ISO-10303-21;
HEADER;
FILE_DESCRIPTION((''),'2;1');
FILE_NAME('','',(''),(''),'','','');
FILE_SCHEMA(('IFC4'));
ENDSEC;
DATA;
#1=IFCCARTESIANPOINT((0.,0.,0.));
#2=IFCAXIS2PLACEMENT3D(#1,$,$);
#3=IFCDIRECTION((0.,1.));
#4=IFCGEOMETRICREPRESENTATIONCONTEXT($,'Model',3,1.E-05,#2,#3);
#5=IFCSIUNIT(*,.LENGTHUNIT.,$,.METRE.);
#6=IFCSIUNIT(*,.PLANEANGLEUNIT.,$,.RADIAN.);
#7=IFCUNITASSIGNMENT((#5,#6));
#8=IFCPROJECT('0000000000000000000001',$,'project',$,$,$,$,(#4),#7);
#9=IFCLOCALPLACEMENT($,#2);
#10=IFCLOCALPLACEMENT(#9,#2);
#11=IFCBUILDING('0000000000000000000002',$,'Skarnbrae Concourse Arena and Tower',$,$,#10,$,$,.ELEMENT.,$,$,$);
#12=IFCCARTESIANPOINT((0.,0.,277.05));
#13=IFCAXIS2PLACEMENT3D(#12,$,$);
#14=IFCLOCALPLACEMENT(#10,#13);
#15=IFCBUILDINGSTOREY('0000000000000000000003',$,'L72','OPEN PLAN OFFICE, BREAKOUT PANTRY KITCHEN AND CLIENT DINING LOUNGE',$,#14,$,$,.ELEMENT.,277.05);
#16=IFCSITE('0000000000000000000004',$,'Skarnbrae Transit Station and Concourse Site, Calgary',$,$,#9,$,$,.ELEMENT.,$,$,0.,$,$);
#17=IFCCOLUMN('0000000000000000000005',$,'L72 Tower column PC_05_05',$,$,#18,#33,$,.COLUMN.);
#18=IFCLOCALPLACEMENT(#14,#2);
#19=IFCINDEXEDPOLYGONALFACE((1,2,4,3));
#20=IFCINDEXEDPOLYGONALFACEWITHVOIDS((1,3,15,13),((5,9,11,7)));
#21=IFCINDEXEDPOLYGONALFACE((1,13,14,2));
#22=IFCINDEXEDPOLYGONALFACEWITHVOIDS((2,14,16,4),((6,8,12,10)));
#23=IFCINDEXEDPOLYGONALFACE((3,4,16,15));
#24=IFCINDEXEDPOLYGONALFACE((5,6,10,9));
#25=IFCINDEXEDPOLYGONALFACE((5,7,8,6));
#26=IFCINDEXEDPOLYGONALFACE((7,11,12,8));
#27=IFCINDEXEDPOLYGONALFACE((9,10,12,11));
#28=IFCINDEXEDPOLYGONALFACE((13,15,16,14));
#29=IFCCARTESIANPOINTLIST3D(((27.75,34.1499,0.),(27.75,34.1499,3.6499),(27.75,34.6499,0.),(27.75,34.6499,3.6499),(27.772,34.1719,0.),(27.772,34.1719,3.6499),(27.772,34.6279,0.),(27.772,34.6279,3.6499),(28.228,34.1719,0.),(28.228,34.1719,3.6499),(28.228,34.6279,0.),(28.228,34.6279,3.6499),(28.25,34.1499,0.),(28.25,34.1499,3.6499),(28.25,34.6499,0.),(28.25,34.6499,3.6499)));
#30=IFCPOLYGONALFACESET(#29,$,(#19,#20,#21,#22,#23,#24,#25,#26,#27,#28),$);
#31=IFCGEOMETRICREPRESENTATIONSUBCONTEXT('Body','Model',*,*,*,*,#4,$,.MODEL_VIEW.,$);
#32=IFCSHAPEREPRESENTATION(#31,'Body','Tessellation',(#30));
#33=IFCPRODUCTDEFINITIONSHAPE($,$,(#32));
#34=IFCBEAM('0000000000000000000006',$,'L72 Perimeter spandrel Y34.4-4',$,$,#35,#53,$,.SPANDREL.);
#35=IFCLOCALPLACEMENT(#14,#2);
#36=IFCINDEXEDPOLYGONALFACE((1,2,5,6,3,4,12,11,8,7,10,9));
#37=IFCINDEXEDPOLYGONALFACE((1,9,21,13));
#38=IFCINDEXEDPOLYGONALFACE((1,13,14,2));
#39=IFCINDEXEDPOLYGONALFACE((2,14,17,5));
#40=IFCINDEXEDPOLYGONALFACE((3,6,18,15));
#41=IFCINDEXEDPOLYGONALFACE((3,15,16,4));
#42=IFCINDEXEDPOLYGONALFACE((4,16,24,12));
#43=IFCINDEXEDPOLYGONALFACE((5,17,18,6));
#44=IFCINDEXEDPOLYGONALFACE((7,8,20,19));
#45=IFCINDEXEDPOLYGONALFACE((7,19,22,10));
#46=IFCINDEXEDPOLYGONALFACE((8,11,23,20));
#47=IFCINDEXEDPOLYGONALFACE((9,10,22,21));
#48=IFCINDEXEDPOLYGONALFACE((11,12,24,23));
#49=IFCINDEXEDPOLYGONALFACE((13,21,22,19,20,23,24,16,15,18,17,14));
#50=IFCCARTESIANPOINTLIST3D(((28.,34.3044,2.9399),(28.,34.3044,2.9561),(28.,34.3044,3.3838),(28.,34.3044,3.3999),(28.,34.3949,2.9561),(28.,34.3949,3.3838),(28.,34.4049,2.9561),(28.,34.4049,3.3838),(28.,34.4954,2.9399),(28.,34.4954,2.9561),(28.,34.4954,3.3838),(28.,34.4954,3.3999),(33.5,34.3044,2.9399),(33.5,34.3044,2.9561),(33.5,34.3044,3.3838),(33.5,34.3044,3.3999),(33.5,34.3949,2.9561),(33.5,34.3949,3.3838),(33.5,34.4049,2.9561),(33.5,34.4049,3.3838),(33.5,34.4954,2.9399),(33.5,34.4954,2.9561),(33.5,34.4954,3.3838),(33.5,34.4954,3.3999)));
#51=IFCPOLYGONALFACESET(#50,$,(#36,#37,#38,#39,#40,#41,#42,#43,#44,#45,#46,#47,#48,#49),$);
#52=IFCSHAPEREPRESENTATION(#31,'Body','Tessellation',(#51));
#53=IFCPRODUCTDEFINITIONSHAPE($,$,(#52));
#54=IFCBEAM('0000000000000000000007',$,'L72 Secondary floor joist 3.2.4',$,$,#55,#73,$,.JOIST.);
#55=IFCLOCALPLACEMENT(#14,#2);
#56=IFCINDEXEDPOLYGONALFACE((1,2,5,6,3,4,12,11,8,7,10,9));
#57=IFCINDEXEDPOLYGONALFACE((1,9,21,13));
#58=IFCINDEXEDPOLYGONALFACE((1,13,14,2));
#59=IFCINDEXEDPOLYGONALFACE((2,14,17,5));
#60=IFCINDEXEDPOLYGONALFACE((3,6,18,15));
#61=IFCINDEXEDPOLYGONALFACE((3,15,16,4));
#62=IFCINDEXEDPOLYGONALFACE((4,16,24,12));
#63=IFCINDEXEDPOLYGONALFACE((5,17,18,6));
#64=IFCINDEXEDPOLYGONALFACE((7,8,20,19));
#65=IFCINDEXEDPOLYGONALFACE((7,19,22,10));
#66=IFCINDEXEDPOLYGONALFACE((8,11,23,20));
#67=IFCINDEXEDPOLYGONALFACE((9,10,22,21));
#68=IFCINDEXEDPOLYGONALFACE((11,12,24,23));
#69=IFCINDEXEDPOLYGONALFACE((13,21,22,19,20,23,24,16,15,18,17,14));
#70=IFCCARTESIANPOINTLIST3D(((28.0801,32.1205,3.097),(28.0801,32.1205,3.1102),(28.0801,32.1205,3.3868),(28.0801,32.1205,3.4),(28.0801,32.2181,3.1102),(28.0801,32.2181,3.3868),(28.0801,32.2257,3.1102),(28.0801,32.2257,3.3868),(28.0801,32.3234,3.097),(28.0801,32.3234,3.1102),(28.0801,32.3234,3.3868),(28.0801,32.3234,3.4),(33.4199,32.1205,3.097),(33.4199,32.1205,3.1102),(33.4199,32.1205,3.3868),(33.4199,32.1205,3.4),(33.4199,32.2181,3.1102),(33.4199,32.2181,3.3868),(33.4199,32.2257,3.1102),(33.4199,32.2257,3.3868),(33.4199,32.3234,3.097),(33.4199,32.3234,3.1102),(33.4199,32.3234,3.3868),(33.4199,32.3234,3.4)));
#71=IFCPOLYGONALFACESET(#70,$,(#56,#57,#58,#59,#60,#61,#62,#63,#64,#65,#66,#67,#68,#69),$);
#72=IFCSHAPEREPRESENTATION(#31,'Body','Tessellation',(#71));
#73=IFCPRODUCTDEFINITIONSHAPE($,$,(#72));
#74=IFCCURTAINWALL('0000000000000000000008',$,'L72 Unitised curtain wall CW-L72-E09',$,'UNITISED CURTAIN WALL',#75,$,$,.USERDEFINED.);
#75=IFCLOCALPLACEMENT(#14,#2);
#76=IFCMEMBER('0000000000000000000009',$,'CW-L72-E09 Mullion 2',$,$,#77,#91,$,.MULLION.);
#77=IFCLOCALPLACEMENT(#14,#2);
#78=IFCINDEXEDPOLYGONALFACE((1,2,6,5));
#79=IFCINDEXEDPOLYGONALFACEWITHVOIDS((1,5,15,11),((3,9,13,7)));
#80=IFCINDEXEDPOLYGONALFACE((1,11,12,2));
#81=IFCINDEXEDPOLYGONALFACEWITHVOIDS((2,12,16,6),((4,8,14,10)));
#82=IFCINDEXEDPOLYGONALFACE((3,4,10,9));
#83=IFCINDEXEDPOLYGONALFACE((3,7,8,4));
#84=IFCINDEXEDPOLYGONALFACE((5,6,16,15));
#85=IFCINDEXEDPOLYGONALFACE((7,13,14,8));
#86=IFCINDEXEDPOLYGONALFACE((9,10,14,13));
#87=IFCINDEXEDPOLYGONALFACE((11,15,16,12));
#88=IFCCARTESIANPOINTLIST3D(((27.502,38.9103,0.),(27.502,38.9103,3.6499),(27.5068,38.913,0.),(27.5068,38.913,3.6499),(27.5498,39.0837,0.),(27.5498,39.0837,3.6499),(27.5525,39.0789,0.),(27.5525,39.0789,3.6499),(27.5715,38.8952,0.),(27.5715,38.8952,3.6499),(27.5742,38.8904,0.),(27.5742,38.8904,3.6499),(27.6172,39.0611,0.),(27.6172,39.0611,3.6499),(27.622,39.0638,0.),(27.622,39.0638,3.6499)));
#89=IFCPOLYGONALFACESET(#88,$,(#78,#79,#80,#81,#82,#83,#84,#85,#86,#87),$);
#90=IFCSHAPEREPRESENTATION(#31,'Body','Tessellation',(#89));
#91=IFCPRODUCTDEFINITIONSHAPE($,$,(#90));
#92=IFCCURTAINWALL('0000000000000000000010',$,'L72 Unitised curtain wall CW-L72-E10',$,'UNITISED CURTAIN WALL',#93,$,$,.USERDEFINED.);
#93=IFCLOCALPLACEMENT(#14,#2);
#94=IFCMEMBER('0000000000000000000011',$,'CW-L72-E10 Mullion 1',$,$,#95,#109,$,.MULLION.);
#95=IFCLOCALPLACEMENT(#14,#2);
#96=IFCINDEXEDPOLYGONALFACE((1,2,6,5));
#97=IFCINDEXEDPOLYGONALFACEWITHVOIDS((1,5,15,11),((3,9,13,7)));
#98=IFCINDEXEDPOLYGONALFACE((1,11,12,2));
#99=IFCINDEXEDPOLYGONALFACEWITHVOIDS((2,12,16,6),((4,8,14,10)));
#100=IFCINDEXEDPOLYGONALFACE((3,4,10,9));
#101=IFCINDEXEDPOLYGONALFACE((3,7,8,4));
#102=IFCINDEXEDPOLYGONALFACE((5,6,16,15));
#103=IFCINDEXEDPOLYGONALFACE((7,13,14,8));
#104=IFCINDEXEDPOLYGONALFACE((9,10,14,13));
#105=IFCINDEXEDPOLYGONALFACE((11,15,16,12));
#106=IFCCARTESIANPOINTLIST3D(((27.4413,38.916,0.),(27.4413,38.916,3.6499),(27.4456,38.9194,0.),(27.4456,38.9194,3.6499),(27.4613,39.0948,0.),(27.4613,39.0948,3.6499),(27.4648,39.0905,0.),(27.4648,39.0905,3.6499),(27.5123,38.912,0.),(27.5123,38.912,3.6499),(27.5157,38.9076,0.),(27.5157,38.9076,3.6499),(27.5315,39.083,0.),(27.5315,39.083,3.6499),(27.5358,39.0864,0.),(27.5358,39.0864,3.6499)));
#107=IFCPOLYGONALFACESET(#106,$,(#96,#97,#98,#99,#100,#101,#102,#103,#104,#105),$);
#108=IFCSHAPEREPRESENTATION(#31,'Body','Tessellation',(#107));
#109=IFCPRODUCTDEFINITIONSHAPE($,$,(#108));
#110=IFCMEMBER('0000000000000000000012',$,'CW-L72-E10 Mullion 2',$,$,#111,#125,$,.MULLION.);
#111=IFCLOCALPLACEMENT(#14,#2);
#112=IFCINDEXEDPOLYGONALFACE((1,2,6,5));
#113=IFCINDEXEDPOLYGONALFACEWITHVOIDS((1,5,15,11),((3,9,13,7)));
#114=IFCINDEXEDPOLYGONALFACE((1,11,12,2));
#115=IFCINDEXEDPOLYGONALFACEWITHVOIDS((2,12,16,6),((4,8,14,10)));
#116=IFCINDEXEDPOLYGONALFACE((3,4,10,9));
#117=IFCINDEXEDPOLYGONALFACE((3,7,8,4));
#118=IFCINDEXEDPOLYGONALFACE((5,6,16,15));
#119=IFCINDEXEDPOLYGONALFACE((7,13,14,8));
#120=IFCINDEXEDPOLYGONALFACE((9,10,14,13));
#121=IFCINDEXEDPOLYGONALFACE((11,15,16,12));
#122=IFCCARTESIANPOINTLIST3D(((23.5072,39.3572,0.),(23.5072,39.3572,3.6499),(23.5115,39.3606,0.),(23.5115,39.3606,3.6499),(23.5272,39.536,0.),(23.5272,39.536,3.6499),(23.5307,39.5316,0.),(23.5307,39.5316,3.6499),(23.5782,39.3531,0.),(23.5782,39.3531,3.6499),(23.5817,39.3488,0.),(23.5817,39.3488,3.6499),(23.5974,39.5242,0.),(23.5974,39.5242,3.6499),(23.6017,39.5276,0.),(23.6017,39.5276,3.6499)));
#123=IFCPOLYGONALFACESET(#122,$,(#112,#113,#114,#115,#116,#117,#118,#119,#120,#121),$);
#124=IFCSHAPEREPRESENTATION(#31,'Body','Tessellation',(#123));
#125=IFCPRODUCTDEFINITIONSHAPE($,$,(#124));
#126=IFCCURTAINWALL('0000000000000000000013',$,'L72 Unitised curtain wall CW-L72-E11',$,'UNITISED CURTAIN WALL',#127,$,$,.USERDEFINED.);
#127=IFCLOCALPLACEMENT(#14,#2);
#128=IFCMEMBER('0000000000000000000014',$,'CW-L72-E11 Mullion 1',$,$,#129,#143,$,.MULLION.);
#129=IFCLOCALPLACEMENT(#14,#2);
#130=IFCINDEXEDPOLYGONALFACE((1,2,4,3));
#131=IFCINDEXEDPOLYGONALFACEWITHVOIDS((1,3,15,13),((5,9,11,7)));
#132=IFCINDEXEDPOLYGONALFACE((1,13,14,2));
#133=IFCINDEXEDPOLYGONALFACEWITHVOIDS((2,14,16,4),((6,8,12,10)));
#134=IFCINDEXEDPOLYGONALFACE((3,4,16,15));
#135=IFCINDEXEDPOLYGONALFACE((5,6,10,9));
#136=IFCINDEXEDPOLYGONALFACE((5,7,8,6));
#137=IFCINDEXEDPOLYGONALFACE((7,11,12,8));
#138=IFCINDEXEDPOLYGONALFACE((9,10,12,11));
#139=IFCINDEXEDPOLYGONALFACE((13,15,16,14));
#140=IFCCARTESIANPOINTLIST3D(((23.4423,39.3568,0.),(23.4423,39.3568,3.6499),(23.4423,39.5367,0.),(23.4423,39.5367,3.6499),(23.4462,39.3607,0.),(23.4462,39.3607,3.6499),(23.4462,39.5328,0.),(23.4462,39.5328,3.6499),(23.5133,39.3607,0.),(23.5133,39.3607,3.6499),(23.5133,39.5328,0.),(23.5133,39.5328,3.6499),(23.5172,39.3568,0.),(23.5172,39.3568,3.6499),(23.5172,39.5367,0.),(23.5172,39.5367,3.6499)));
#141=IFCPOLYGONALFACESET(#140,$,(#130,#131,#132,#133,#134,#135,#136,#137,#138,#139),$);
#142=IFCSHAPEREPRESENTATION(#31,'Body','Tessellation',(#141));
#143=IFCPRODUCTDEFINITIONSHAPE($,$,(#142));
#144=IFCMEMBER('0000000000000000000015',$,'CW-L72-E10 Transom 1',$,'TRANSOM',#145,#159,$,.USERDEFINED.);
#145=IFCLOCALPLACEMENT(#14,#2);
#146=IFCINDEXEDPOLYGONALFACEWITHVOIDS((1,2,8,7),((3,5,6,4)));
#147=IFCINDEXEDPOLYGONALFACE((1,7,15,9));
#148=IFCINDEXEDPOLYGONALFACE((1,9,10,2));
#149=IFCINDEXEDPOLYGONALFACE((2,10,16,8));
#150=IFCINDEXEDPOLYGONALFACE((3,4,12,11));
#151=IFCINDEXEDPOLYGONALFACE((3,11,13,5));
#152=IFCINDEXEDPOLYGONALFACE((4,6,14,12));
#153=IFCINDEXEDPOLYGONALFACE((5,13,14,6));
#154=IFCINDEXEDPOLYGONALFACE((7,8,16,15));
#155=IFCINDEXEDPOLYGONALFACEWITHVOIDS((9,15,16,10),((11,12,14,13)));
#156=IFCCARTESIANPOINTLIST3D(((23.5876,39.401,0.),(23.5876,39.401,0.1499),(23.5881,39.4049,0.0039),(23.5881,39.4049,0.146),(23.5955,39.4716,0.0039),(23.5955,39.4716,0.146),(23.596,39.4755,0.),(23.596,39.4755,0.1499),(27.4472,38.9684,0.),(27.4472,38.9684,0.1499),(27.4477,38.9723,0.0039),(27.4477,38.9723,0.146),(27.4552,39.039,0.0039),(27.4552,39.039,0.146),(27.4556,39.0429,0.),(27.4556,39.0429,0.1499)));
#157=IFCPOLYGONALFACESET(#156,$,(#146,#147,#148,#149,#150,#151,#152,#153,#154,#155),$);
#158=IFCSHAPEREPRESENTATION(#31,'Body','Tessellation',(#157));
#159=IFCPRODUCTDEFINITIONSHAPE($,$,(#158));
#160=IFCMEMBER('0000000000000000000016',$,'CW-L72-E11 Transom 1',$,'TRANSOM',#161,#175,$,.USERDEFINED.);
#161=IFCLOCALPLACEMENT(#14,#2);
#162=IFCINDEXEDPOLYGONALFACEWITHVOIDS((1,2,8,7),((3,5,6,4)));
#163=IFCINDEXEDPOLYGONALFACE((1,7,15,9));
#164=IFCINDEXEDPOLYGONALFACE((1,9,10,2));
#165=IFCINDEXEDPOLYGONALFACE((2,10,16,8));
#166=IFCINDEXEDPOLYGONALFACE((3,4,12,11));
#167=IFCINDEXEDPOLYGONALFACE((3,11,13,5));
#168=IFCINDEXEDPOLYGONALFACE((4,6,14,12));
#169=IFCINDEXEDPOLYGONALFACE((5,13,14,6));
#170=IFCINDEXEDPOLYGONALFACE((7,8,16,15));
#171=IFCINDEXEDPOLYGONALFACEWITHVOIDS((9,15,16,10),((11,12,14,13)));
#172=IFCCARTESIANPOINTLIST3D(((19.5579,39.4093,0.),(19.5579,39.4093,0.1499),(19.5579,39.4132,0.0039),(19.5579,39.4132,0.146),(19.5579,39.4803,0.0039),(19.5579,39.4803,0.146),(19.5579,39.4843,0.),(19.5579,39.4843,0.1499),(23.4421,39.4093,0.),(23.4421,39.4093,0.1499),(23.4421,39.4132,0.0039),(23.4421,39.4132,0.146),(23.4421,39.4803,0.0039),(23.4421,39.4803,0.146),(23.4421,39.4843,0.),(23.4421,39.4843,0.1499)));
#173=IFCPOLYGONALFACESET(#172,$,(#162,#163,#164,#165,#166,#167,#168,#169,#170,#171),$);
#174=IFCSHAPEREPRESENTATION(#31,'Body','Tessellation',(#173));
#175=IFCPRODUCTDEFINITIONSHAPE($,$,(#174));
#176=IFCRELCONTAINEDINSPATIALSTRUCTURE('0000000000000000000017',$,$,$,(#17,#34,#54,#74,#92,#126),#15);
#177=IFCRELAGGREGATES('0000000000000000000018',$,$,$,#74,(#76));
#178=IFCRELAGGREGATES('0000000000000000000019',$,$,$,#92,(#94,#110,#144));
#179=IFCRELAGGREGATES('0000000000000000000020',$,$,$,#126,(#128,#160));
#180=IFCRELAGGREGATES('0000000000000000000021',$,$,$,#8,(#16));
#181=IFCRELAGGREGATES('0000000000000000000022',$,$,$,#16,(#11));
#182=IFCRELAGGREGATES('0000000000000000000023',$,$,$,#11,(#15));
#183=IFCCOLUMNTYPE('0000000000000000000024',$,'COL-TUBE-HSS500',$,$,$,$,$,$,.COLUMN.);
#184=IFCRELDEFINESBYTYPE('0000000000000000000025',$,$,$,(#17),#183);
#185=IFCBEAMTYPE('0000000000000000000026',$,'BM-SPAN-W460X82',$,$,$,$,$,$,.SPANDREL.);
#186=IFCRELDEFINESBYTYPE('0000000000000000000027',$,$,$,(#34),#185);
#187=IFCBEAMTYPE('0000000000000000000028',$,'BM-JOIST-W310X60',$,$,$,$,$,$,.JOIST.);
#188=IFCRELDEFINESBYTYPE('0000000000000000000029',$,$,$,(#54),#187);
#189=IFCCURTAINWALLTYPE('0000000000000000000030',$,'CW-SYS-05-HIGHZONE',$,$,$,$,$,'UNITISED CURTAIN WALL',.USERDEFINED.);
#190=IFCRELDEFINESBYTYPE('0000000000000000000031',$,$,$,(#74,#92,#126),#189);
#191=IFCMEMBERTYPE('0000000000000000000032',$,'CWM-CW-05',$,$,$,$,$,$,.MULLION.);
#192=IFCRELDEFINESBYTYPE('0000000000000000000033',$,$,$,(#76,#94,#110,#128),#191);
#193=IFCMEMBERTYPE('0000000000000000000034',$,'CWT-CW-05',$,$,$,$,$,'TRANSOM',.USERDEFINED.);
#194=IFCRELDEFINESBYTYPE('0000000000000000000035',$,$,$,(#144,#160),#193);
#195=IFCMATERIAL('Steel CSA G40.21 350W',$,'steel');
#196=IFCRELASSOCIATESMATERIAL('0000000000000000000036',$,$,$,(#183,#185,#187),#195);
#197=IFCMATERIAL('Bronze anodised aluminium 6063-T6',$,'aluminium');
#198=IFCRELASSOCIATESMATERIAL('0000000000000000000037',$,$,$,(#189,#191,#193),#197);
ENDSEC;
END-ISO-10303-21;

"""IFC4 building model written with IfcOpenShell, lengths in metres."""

from ifc_helpers import new_model, si_unit, direction, frame, origin, origin_2d, place, context, subcontext, project, spatial, hollow_rectangle, i_section, extrude, source, transform, mapped, material, material_profile, profile_set, type_object, element, aggregate, save


model = new_model("IFC4")

# Units and contexts
model_context = context("Model", 3, precision=1e-05, world=origin(), true_north=direction((0.0, 1.0)))
body_context = subcontext(model_context, "Body", "Model", "MODEL_VIEW")
ifc_project = project(units=[si_unit("LENGTHUNIT", "METRE"), si_unit("PLANEANGLEUNIT", "RADIAN")], contexts=[model_context])

# Site, building, storey
site_placement = place(None, origin())
site = spatial("IfcSite", under=ifc_project, at=site_placement, Name="Skarnbrae Transit Station and Concourse Site, Calgary", CompositionType="ELEMENT", RefElevation=0.0)
building_placement = place(site_placement, origin())
building = spatial("IfcBuilding", under=site, at=building_placement, Name="Skarnbrae Concourse Arena and Tower", CompositionType="ELEMENT")
storey_placement = place(building_placement, frame((0.0, 0.0, 277.05)))
storey = spatial("IfcBuildingStorey", under=building, at=storey_placement, Name="L72", Description="OPEN PLAN OFFICE, BREAKOUT PANTRY KITCHEN AND CLIENT DINING LOUNGE", CompositionType="ELEMENT", Elevation=277.05)

# Column
ifc_material_1 = material(Name="Steel CSA G40.21 350W", Category="steel")
ifc_material_profile_1 = material_profile(ifc_material_1, hollow_rectangle(XDim=0.5, YDim=0.5, WallThickness=0.022, at=origin_2d()), Name="HSS500X500X22.0")
ifc_profile_set_1 = profile_set([ifc_material_profile_1], Name="Steel CSA G40.21 350W")
column_type = type_object("IfcColumnType", Name="COL-TUBE-HSS500", PredefinedType="COLUMN", material=ifc_profile_set_1)
shared_shape_1 = source(origin(), body_context, "Body", "SweptSolid", [
    extrude(hollow_rectangle(XDim=0.5, YDim=0.5, WallThickness=0.022, at=origin_2d()), origin(), (0.0, 0.0, 1.0), 3.6499),
])
column_placement = place(storey_placement, frame((28.0, 34.3999, 0.0), z_axis=(0.0, 0.0, 1.0), x_axis=(1.0, 0.0, 0.0)))
element("IfcColumn", 1, at=column_placement, inside=storey, type_object=column_type, Name="L72 Tower column PC_05_05", PredefinedType="COLUMN", context=body_context, shape_type="MappedRepresentation", body=[
    mapped(shared_shape_1, transform((0.0, 0.0, 0.0))),
])

# Beams
ifc_material_profile_2 = material_profile(ifc_material_1, i_section(OverallWidth=0.1909, OverallDepth=0.46, WebThickness=0.01, FlangeThickness=0.0161, at=origin_2d()), Name="W460X82")
ifc_profile_set_2 = profile_set([ifc_material_profile_2], Name="Steel CSA G40.21 350W")
beam_type_1 = type_object("IfcBeamType", Name="BM-SPAN-W460X82", PredefinedType="SPANDREL", material=ifc_profile_set_2)
shared_shape_2 = source(origin(), body_context, "Body", "SweptSolid", [
    extrude(i_section(OverallWidth=0.1909, OverallDepth=0.46, WebThickness=0.01, FlangeThickness=0.0161, at=origin_2d()), origin(), (0.0, 0.0, 1.0), 5.5),
])
beam_1_placement = place(storey_placement, frame((28.0, 34.3999, 3.1699), z_axis=(1.0, 0.0, 0.0), x_axis=(0.0, 1.0, 0.0)))
element("IfcBeam", 2, at=beam_1_placement, inside=storey, type_object=beam_type_1, Name="L72 Perimeter spandrel Y34.4-4", PredefinedType="SPANDREL", context=body_context, shape_type="MappedRepresentation", body=[
    mapped(shared_shape_2, transform((0.0, 0.0, 0.0))),
])
ifc_material_profile_3 = material_profile(ifc_material_1, i_section(OverallWidth=0.2029, OverallDepth=0.303, WebThickness=0.0076, FlangeThickness=0.0132, at=origin_2d()), Name="W310X60")
ifc_profile_set_3 = profile_set([ifc_material_profile_3], Name="Steel CSA G40.21 350W")
beam_type_2 = type_object("IfcBeamType", Name="BM-JOIST-W310X60", PredefinedType="JOIST", material=ifc_profile_set_3)
shared_shape_3 = source(origin(), body_context, "Body", "SweptSolid", [
    extrude(i_section(OverallWidth=0.2029, OverallDepth=0.303, WebThickness=0.0076, FlangeThickness=0.0132, at=origin_2d()), origin(), (0.0, 0.0, 1.0), 5.3398),
])
beam_2_placement = place(storey_placement, frame((28.0801, 32.2219, 3.2485), z_axis=(1.0, 0.0, 0.0), x_axis=(0.0, 1.0, 0.0)))
element("IfcBeam", 3, at=beam_2_placement, inside=storey, type_object=beam_type_2, Name="L72 Secondary floor joist 3.2.4", PredefinedType="JOIST", context=body_context, shape_type="MappedRepresentation", body=[
    mapped(shared_shape_3, transform((0.0, 0.0, 0.0))),
])

# Curtain wall, member
ifc_material_2 = material(Name="Bronze anodised aluminium 6063-T6", Category="aluminium")
curtain_wall_type = type_object("IfcCurtainWallType", Name="CW-SYS-05-HIGHZONE", ElementType="UNITISED CURTAIN WALL", PredefinedType="USERDEFINED", material=ifc_material_2)
curtain_wall_1_placement = place(storey_placement, origin())
curtain_wall_1 = element("IfcCurtainWall", 4, at=curtain_wall_1_placement, inside=storey, type_object=curtain_wall_type, Name="L72 Unitised curtain wall CW-L72-E09", ObjectType="UNITISED CURTAIN WALL", PredefinedType="USERDEFINED")
ifc_material_profile_4 = material_profile(ifc_material_2, hollow_rectangle(XDim=0.075, YDim=0.1799, WallThickness=0.0039, at=origin_2d()), Name="ALU-MULL-75X180")
ifc_profile_set_4 = profile_set([ifc_material_profile_4], Name="Bronze anodised aluminium 6063-T6")
member_type_1 = type_object("IfcMemberType", Name="CWM-CW-05", PredefinedType="MULLION", material=ifc_profile_set_4)
shared_shape_4 = source(origin(), body_context, "Body", "SweptSolid", [
    extrude(hollow_rectangle(XDim=0.075, YDim=0.1799, WallThickness=0.0039, at=origin_2d()), origin(), (0.0, 0.0, 1.0), 3.6499),
])
member_1_placement = place(storey_placement, frame((27.562, 38.9871, 0.0), z_axis=(0.0, 0.0, 1.0), x_axis=(-0.964057, 0.265694, 0.0)))
member_1 = element("IfcMember", 5, at=member_1_placement, type_object=member_type_1, Name="CW-L72-E09 Mullion 2", PredefinedType="MULLION", context=body_context, shape_type="MappedRepresentation", body=[
    mapped(shared_shape_4, transform((0.0, 0.0, 0.0))),
])

# Curtain wall, members
curtain_wall_2_placement = place(storey_placement, origin())
curtain_wall_2 = element("IfcCurtainWall", 6, at=curtain_wall_2_placement, inside=storey, type_object=curtain_wall_type, Name="L72 Unitised curtain wall CW-L72-E10", ObjectType="UNITISED CURTAIN WALL", PredefinedType="USERDEFINED")
member_2_placement = place(storey_placement, frame((27.4885, 39.0012, 0.0), z_axis=(0.0, 0.0, 1.0), x_axis=(-0.993769, 0.11146, 0.0)))
member_2 = element("IfcMember", 7, at=member_2_placement, type_object=member_type_1, Name="CW-L72-E10 Mullion 1", PredefinedType="MULLION", context=body_context, shape_type="MappedRepresentation", body=[
    mapped(shared_shape_4, transform((0.0, 0.0, 0.0))),
])
member_3_placement = place(storey_placement, frame((23.5544, 39.4424, 0.0), z_axis=(0.0, 0.0, 1.0), x_axis=(-0.993769, 0.11146, 0.0)))
member_3 = element("IfcMember", 8, at=member_3_placement, type_object=member_type_1, Name="CW-L72-E10 Mullion 2", PredefinedType="MULLION", context=body_context, shape_type="MappedRepresentation", body=[
    mapped(shared_shape_4, transform((0.0, 0.0, 0.0))),
])

# Curtain wall, member
curtain_wall_3_placement = place(storey_placement, origin())
curtain_wall_3 = element("IfcCurtainWall", 9, at=curtain_wall_3_placement, inside=storey, type_object=curtain_wall_type, Name="L72 Unitised curtain wall CW-L72-E11", ObjectType="UNITISED CURTAIN WALL", PredefinedType="USERDEFINED")
member_4_placement = place(storey_placement, frame((23.4797, 39.4468, 0.0), z_axis=(0.0, 0.0, 1.0), x_axis=(-1.0, 0.0, 0.0)))
member_4 = element("IfcMember", 10, at=member_4_placement, type_object=member_type_1, Name="CW-L72-E11 Mullion 1", PredefinedType="MULLION", context=body_context, shape_type="MappedRepresentation", body=[
    mapped(shared_shape_4, transform((0.0, 0.0, 0.0))),
])

# Members
ifc_material_profile_5 = material_profile(ifc_material_2, hollow_rectangle(XDim=0.075, YDim=0.1499, WallThickness=0.0039, at=origin_2d()), Name="ALU-TRAN-75X150")
ifc_profile_set_5 = profile_set([ifc_material_profile_5], Name="Bronze anodised aluminium 6063-T6")
member_type_2 = type_object("IfcMemberType", Name="CWT-CW-05", ElementType="TRANSOM", PredefinedType="USERDEFINED", material=ifc_profile_set_5)
shared_shape_5 = source(origin(), body_context, "Body", "SweptSolid", [
    extrude(hollow_rectangle(XDim=0.075, YDim=0.1499, WallThickness=0.0039, at=origin_2d()), origin(), (0.0, 0.0, 1.0), 3.8838),
])
member_5_placement = place(storey_placement, frame((27.4514, 39.0056, 0.075), z_axis=(-0.993777, 0.11139, 0.0), x_axis=(-0.11139, -0.993777, 0.0)))
member_5 = element("IfcMember", 11, at=member_5_placement, type_object=member_type_2, Name="CW-L72-E10 Transom 1", ObjectType="TRANSOM", PredefinedType="USERDEFINED", context=body_context, shape_type="MappedRepresentation", body=[
    mapped(shared_shape_5, transform((0.0, 0.0, 0.0))),
])
shared_shape_6 = source(origin(), body_context, "Body", "SweptSolid", [
    extrude(hollow_rectangle(XDim=0.075, YDim=0.1499, WallThickness=0.0039, at=origin_2d()), origin(), (0.0, 0.0, 1.0), 3.8843),
])
member_6_placement = place(storey_placement, frame((23.4421, 39.4468, 0.075), z_axis=(-1.0, 0.0, 0.0), x_axis=(0.0, -1.0, 0.0)))
member_6 = element("IfcMember", 12, at=member_6_placement, type_object=member_type_2, Name="CW-L72-E11 Transom 1", ObjectType="TRANSOM", PredefinedType="USERDEFINED", context=body_context, shape_type="MappedRepresentation", body=[
    mapped(shared_shape_6, transform((0.0, 0.0, 0.0))),
])

aggregate(curtain_wall_1, [member_1])
aggregate(curtain_wall_2, [member_2, member_3, member_5])
aggregate(curtain_wall_3, [member_4, member_6])

save(model, "model.ifc")
